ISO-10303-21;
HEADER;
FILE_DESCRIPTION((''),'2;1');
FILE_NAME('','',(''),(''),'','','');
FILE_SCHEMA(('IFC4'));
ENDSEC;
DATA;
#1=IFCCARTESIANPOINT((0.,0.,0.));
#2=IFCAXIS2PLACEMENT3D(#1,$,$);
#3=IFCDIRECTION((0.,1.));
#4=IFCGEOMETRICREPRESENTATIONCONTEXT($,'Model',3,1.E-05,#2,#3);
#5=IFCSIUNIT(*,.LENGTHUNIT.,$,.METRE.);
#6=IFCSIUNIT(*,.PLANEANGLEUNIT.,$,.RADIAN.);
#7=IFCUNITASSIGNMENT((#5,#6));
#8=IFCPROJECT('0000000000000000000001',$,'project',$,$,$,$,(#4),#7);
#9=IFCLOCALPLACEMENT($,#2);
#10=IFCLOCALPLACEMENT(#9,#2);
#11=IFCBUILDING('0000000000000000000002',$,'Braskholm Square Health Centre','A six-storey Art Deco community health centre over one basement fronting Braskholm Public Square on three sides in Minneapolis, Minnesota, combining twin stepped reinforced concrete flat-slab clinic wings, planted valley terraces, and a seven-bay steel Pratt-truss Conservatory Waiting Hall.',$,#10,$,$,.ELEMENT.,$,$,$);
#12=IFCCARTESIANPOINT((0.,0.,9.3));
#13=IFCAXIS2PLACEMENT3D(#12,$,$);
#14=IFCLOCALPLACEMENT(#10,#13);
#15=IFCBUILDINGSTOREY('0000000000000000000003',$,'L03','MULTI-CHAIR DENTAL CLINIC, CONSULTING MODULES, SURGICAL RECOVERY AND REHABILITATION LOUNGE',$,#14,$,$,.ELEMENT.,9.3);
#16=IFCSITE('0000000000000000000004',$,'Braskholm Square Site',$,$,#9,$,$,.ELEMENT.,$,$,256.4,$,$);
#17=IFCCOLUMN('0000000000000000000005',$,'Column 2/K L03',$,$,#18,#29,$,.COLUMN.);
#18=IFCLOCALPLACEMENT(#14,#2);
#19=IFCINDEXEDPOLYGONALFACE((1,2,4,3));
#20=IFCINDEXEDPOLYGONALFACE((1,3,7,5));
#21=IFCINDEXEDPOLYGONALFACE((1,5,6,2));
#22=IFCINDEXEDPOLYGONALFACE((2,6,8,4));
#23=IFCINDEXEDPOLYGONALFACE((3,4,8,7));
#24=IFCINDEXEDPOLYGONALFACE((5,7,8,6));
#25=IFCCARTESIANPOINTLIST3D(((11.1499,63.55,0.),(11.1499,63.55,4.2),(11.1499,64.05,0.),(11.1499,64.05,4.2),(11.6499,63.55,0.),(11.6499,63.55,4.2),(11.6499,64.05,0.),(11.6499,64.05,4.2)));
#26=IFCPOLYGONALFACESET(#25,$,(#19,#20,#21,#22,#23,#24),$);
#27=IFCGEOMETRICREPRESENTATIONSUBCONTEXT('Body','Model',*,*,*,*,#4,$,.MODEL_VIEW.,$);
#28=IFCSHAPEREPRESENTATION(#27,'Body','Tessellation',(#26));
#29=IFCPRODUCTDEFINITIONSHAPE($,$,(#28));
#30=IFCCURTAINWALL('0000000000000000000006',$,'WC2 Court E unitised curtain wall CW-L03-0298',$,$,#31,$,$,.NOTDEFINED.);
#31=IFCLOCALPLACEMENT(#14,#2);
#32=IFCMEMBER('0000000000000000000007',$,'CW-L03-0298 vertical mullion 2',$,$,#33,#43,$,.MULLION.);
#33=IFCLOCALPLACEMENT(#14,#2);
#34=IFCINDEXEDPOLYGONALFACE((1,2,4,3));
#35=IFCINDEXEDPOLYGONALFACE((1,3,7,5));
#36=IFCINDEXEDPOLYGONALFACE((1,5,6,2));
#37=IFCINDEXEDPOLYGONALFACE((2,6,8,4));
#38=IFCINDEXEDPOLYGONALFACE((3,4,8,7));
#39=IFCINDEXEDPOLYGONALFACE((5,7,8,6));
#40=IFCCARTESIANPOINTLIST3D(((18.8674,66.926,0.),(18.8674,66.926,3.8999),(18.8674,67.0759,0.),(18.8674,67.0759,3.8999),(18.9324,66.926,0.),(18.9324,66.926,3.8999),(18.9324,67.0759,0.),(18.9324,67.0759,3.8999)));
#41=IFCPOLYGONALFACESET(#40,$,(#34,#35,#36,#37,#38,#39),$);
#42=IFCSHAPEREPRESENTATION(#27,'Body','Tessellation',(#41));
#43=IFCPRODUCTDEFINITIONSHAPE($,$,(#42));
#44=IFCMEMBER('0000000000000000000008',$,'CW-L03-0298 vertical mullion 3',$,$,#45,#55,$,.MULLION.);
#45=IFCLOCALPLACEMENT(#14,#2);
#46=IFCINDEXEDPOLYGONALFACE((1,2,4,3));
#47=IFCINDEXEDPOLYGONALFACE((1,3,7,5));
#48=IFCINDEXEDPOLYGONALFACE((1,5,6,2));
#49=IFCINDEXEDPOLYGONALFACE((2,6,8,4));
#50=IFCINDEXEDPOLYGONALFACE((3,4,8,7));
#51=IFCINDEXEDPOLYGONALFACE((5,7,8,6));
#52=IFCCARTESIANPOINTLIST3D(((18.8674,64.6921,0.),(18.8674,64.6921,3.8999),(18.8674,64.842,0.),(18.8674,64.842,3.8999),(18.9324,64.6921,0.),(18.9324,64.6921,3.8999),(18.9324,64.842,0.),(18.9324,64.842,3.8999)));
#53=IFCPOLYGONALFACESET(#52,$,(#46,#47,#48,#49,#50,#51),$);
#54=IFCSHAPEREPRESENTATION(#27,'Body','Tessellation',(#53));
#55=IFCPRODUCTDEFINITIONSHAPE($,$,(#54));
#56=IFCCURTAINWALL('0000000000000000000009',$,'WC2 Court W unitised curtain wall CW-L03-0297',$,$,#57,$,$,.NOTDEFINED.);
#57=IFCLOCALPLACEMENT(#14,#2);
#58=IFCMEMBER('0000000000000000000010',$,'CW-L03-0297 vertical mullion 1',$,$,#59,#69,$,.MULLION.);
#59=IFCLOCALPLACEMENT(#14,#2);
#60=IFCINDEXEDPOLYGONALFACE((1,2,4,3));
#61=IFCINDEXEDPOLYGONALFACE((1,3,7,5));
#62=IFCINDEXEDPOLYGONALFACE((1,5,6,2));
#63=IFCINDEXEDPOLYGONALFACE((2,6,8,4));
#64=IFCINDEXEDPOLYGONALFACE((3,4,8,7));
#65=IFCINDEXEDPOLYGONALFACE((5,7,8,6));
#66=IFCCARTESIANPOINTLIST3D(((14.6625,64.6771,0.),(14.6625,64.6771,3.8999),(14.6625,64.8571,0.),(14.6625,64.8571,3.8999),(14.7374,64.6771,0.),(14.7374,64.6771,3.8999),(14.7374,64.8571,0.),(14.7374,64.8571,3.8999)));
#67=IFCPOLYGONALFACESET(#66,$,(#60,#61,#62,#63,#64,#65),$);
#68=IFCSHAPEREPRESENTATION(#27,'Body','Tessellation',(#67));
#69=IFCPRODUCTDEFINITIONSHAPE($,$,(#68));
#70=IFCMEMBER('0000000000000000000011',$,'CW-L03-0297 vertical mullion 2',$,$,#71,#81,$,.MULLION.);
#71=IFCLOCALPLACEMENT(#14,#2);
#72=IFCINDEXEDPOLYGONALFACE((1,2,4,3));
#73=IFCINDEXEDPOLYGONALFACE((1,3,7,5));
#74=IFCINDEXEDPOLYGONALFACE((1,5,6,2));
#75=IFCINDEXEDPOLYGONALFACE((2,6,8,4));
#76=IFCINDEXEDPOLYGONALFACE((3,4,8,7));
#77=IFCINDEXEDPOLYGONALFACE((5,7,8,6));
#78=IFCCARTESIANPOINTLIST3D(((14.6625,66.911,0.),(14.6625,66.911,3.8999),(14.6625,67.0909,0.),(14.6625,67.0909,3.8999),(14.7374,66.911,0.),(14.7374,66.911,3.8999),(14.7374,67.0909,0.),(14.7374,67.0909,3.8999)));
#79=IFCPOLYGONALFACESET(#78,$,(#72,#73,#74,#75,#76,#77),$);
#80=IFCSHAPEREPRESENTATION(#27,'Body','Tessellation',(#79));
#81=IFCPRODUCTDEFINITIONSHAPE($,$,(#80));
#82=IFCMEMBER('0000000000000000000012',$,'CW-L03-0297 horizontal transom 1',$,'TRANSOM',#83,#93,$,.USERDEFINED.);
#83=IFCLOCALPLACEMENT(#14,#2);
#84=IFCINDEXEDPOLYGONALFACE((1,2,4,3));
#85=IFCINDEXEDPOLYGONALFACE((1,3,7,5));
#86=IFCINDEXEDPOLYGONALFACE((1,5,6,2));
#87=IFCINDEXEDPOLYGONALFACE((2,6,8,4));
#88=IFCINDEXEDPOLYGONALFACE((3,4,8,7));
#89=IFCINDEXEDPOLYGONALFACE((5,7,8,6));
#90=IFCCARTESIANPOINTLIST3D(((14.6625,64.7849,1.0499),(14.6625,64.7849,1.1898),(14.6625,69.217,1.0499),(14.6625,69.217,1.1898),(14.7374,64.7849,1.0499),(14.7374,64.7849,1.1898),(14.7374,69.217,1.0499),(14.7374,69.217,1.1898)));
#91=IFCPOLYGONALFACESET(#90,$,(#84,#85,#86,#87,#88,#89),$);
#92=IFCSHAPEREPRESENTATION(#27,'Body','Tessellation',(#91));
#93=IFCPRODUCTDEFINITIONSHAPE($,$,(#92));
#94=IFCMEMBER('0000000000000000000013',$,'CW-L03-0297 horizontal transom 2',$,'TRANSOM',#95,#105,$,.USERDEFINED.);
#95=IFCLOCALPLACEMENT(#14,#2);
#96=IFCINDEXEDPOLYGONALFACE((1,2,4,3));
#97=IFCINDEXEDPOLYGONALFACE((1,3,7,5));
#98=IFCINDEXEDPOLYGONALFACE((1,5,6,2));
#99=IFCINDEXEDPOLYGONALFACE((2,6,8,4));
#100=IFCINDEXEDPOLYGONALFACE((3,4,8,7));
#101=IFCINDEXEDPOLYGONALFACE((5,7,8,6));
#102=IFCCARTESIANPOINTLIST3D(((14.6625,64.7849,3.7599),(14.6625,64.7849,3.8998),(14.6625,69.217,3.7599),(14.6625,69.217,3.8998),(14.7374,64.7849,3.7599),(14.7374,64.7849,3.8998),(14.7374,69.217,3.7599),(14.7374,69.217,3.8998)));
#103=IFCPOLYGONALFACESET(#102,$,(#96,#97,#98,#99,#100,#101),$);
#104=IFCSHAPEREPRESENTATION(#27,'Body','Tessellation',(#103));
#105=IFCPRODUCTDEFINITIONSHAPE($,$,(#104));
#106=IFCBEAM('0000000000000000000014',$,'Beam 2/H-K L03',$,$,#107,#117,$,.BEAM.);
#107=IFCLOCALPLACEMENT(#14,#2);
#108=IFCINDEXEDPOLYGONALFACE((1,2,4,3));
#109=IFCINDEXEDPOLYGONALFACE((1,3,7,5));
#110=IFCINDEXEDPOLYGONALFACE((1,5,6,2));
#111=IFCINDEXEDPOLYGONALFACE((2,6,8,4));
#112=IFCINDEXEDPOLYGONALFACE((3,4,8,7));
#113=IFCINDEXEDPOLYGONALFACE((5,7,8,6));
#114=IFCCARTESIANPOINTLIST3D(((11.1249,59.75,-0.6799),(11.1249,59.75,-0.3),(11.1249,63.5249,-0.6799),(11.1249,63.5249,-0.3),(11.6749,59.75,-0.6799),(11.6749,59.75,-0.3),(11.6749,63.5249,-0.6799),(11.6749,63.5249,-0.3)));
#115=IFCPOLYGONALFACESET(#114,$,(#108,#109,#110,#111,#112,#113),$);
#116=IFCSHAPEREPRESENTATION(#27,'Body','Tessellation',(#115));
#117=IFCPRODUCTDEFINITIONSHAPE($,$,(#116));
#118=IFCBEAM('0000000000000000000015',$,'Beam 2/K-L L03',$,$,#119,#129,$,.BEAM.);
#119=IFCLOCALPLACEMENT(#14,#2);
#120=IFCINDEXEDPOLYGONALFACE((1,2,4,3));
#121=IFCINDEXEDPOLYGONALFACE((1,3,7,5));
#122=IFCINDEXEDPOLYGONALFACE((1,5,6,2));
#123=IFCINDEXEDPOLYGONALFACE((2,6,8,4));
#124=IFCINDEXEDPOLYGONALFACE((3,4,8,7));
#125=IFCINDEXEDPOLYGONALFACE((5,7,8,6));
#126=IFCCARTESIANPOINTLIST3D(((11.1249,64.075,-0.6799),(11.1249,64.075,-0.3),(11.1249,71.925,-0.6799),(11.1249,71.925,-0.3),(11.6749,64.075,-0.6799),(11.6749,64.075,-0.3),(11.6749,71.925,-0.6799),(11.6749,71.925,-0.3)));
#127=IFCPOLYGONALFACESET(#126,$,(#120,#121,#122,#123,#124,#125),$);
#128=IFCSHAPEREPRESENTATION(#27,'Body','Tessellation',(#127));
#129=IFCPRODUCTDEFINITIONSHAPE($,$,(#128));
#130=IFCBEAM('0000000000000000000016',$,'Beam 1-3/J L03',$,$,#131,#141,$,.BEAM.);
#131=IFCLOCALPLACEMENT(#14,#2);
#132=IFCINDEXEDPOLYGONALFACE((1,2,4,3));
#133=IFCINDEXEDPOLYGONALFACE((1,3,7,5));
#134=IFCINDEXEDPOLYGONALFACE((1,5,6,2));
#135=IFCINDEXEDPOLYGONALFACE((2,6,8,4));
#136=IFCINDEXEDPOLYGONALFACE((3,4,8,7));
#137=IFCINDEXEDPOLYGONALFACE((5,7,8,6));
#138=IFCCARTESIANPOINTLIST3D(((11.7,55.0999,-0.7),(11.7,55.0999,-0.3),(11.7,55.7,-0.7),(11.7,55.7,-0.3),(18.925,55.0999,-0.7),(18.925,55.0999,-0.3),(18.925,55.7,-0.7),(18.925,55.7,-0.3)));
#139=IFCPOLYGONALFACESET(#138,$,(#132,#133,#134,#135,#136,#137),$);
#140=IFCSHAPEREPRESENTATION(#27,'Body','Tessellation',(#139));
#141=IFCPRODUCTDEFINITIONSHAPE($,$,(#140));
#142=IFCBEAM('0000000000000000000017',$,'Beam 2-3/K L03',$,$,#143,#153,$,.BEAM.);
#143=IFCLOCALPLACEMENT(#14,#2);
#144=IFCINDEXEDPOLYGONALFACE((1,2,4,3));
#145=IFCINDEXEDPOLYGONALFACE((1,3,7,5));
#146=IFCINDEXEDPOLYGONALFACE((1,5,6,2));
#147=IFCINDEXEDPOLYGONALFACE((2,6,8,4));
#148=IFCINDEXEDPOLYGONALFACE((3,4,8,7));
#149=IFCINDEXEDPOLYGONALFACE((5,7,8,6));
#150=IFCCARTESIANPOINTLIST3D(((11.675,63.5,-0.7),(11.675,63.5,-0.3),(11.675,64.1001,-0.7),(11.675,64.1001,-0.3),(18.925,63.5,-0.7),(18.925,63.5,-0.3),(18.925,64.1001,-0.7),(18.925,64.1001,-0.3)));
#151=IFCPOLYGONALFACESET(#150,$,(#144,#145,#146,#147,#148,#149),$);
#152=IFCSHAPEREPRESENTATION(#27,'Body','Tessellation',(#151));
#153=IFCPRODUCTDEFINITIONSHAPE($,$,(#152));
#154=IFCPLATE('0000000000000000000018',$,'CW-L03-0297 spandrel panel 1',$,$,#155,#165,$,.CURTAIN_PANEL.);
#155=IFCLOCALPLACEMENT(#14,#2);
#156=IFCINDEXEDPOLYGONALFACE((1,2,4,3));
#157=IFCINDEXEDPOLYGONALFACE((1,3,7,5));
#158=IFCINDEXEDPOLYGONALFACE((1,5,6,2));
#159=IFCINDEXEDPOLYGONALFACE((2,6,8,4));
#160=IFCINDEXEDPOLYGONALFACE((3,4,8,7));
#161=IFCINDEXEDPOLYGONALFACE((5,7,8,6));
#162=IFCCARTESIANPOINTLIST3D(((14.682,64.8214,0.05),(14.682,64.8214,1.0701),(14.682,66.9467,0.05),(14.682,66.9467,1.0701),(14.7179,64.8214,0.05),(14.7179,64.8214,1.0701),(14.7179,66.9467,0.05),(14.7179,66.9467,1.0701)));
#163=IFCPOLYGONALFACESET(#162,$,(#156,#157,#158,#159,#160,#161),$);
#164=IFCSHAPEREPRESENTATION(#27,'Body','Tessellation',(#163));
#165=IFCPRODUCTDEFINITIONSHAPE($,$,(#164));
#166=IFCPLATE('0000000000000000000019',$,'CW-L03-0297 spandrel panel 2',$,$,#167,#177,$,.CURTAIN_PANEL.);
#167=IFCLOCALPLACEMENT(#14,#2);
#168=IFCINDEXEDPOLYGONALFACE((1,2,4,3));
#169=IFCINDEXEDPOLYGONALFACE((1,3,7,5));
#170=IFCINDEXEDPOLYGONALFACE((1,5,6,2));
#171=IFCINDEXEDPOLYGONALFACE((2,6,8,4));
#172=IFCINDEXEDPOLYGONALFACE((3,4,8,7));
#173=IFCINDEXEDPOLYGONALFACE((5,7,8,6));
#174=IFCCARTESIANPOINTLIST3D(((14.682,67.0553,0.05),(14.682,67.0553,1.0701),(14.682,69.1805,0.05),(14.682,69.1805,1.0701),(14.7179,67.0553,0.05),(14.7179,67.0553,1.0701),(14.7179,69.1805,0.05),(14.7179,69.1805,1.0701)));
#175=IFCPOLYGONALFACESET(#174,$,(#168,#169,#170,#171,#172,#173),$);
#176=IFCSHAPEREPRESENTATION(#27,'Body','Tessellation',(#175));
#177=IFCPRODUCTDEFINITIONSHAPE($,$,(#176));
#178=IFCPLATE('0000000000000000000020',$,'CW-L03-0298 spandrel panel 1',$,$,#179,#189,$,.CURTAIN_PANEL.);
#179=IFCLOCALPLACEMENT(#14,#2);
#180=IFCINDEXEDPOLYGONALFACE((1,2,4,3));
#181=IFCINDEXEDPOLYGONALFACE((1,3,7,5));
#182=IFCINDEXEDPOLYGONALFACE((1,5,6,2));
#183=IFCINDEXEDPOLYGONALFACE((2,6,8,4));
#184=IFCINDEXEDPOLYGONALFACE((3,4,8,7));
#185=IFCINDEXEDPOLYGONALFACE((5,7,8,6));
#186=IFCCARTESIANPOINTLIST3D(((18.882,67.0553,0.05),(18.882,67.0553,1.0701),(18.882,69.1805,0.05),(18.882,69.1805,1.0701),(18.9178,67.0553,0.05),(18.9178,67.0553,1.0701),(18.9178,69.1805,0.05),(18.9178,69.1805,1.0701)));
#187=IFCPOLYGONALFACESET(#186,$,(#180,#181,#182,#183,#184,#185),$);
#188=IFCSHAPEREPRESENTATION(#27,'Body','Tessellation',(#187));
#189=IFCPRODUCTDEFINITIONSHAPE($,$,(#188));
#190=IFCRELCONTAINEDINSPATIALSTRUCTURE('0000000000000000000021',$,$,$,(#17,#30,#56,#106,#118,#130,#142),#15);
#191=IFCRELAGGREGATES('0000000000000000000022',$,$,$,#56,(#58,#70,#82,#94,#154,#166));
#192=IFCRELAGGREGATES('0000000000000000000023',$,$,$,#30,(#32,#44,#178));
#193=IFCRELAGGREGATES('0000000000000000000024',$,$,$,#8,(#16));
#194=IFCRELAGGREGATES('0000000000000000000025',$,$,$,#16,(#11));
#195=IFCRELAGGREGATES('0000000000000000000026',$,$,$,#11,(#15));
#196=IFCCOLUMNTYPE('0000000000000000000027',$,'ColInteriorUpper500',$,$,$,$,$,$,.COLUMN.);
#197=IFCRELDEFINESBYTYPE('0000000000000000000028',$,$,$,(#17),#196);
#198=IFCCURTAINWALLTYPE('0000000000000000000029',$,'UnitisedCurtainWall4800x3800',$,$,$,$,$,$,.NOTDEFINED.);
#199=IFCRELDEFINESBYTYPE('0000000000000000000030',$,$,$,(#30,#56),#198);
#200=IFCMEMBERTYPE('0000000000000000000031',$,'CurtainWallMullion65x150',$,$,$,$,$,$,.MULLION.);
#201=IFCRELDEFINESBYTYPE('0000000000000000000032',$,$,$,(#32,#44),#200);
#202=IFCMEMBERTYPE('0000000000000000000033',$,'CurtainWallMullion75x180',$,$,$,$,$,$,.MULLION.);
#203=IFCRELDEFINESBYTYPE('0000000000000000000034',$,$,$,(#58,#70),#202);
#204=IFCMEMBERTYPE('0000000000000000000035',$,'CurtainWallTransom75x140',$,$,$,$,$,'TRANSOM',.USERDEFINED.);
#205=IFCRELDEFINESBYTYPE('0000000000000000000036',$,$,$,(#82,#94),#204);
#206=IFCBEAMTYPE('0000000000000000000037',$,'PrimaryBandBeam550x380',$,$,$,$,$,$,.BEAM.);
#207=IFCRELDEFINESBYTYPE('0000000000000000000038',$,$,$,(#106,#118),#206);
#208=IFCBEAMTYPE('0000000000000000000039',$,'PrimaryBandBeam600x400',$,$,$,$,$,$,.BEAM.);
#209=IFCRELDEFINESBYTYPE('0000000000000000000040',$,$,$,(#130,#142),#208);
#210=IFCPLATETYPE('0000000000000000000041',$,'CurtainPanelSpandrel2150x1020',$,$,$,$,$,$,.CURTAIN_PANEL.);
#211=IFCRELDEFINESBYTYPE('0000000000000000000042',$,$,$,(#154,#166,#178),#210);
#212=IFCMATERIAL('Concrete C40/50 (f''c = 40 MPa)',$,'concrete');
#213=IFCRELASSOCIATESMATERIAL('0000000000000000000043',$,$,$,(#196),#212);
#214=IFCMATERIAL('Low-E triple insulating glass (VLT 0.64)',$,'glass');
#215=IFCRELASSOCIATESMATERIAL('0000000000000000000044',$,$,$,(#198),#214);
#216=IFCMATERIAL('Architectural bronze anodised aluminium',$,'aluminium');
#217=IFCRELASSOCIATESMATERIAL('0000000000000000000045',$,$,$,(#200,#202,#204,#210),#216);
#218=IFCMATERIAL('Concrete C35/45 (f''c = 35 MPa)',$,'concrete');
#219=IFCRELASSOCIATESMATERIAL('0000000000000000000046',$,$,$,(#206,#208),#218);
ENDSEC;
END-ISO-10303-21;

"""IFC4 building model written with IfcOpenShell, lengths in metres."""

from ifc_helpers import new_model, si_unit, direction, frame, origin, origin_2d, place, context, subcontext, project, spatial, rectangle, extrude, material, material_profile, profile_set, type_object, element, aggregate, save


model = new_model("IFC4")

# Units and contexts
model_context = context("Model", 3, precision=1e-05, world=origin(), true_north=direction((0.0, 1.0)))
body_context = subcontext(model_context, "Body", "Model", "MODEL_VIEW")
ifc_project = project(units=[si_unit("LENGTHUNIT", "METRE"), si_unit("PLANEANGLEUNIT", "RADIAN")], contexts=[model_context])

# Site, building, storey
site_placement = place(None, origin())
site = spatial("IfcSite", under=ifc_project, at=site_placement, Name="Braskholm Square Site", CompositionType="ELEMENT", RefElevation=256.4)
building_placement = place(site_placement, origin())
building = spatial("IfcBuilding", under=site, at=building_placement, Name="Braskholm Square Health Centre", Description="A six-storey Art Deco community health centre over one basement fronting Braskholm Public Square on three sides in Minneapolis, Minnesota, combining twin stepped reinforced concrete flat-slab clinic wings, planted valley terraces, and a seven-bay steel Pratt-truss Conservatory Waiting Hall.", CompositionType="ELEMENT")
storey_placement = place(building_placement, frame((0.0, 0.0, 9.3)))
storey = spatial("IfcBuildingStorey", under=building, at=storey_placement, Name="L03", Description="MULTI-CHAIR DENTAL CLINIC, CONSULTING MODULES, SURGICAL RECOVERY AND REHABILITATION LOUNGE", CompositionType="ELEMENT", Elevation=9.3)

# Column
ifc_material_1 = material(Name="Concrete C40/50 (f'c = 40 MPa)", Category="concrete")
ifc_material_profile_1 = material_profile(ifc_material_1, rectangle(XDim=0.5, YDim=0.5, at=origin_2d()), Name="RC-500X500")
ifc_profile_set_1 = profile_set([ifc_material_profile_1], Name="Concrete C40/50 (f'c = 40 MPa)")
column_type = type_object("IfcColumnType", Name="ColInteriorUpper500", PredefinedType="COLUMN", material=ifc_profile_set_1)
column_placement = place(storey_placement, frame((11.3999, 63.8, 0.0), z_axis=(0.0, 0.0, 1.0), x_axis=(1.0, 0.0, 0.0)))
element("IfcColumn", 1, at=column_placement, inside=storey, type_object=column_type, Name="Column 2/K L03", PredefinedType="COLUMN", context=body_context, shape_type="SweptSolid", body=[
    extrude(rectangle(XDim=0.5, YDim=0.5, at=origin_2d()), origin(), (0.0, 0.0, 1.0), 4.2),
])

# Curtain walls, members
ifc_material_2 = material(Name="Low-E triple insulating glass (VLT 0.64)", Category="glass")
curtain_wall_type = type_object("IfcCurtainWallType", Name="UnitisedCurtainWall4800x3800", PredefinedType="NOTDEFINED", material=ifc_material_2)
curtain_wall_1_placement = place(storey_placement, origin())
curtain_wall_1 = element("IfcCurtainWall", 2, at=curtain_wall_1_placement, inside=storey, type_object=curtain_wall_type, Name="WC2 Court E unitised curtain wall CW-L03-0298", PredefinedType="NOTDEFINED")
ifc_material_3 = material(Name="Architectural bronze anodised aluminium", Category="aluminium")
ifc_material_profile_2 = material_profile(ifc_material_3, rectangle(XDim=0.0649, YDim=0.1499, at=origin_2d()), Name="ALU-65X150")
ifc_profile_set_2 = profile_set([ifc_material_profile_2], Name="Architectural bronze anodised aluminium")
member_type_1 = type_object("IfcMemberType", Name="CurtainWallMullion65x150", PredefinedType="MULLION", material=ifc_profile_set_2)
member_1_placement = place(storey_placement, frame((18.8999, 67.001, 0.0), z_axis=(0.0, 0.0, 1.0), x_axis=(1.0, 0.0, 0.0)))
member_1 = element("IfcMember", 3, at=member_1_placement, type_object=member_type_1, Name="CW-L03-0298 vertical mullion 2", PredefinedType="MULLION", context=body_context, shape_type="SweptSolid", body=[
    extrude(rectangle(XDim=0.0649, YDim=0.1499, at=origin_2d()), origin(), (0.0, 0.0, 1.0), 3.8999),
])
member_2_placement = place(storey_placement, frame((18.8999, 64.7671, 0.0), z_axis=(0.0, 0.0, 1.0), x_axis=(1.0, 0.0, 0.0)))
member_2 = element("IfcMember", 4, at=member_2_placement, type_object=member_type_1, Name="CW-L03-0298 vertical mullion 3", PredefinedType="MULLION", context=body_context, shape_type="SweptSolid", body=[
    extrude(rectangle(XDim=0.0649, YDim=0.1499, at=origin_2d()), origin(), (0.0, 0.0, 1.0), 3.8999),
])
curtain_wall_2_placement = place(storey_placement, origin())
curtain_wall_2 = element("IfcCurtainWall", 5, at=curtain_wall_2_placement, inside=storey, type_object=curtain_wall_type, Name="WC2 Court W unitised curtain wall CW-L03-0297", PredefinedType="NOTDEFINED")
ifc_material_profile_3 = material_profile(ifc_material_3, rectangle(XDim=0.075, YDim=0.1799, at=origin_2d()), Name="ALU-75X180")
ifc_profile_set_3 = profile_set([ifc_material_profile_3], Name="Architectural bronze anodised aluminium")
member_type_2 = type_object("IfcMemberType", Name="CurtainWallMullion75x180", PredefinedType="MULLION", material=ifc_profile_set_3)
member_3_placement = place(storey_placement, frame((14.7, 64.7671, 0.0), z_axis=(0.0, 0.0, 1.0), x_axis=(1.0, 0.0, 0.0)))
member_3 = element("IfcMember", 6, at=member_3_placement, type_object=member_type_2, Name="CW-L03-0297 vertical mullion 1", PredefinedType="MULLION", context=body_context, shape_type="SweptSolid", body=[
    extrude(rectangle(XDim=0.075, YDim=0.1799, at=origin_2d()), origin(), (0.0, 0.0, 1.0), 3.8999),
])
member_4_placement = place(storey_placement, frame((14.7, 67.001, 0.0), z_axis=(0.0, 0.0, 1.0), x_axis=(1.0, 0.0, 0.0)))
member_4 = element("IfcMember", 7, at=member_4_placement, type_object=member_type_2, Name="CW-L03-0297 vertical mullion 2", PredefinedType="MULLION", context=body_context, shape_type="SweptSolid", body=[
    extrude(rectangle(XDim=0.075, YDim=0.1799, at=origin_2d()), origin(), (0.0, 0.0, 1.0), 3.8999),
])
ifc_material_profile_4 = material_profile(ifc_material_3, rectangle(XDim=0.075, YDim=0.1399, at=origin_2d()), Name="ALU-75X140")
ifc_profile_set_4 = profile_set([ifc_material_profile_4], Name="Architectural bronze anodised aluminium")
member_type_3 = type_object("IfcMemberType", Name="CurtainWallTransom75x140", ElementType="TRANSOM", PredefinedType="USERDEFINED", material=ifc_profile_set_4)
member_5_placement = place(storey_placement, frame((14.7, 64.7849, 1.1199), z_axis=(0.0, 1.0, 0.0), x_axis=(-1.0, 0.0, 0.0)))
member_5 = element("IfcMember", 8, at=member_5_placement, type_object=member_type_3, Name="CW-L03-0297 horizontal transom 1", ObjectType="TRANSOM", PredefinedType="USERDEFINED", context=body_context, shape_type="SweptSolid", body=[
    extrude(rectangle(XDim=0.075, YDim=0.1399, at=origin_2d()), origin(), (0.0, 0.0, 1.0), 4.4321),
])
member_6_placement = place(storey_placement, frame((14.7, 64.7849, 3.8298), z_axis=(0.0, 1.0, 0.0), x_axis=(-1.0, 0.0, 0.0)))
member_6 = element("IfcMember", 9, at=member_6_placement, type_object=member_type_3, Name="CW-L03-0297 horizontal transom 2", ObjectType="TRANSOM", PredefinedType="USERDEFINED", context=body_context, shape_type="SweptSolid", body=[
    extrude(rectangle(XDim=0.075, YDim=0.1399, at=origin_2d()), origin(), (0.0, 0.0, 1.0), 4.4321),
])

# Beams
ifc_material_4 = material(Name="Concrete C35/45 (f'c = 35 MPa)", Category="concrete")
ifc_material_profile_5 = material_profile(ifc_material_4, rectangle(XDim=0.55, YDim=0.3799, at=origin_2d()), Name="RCB-550X380")
ifc_profile_set_5 = profile_set([ifc_material_profile_5], Name="Concrete C35/45 (f'c = 35 MPa)")
beam_type_1 = type_object("IfcBeamType", Name="PrimaryBandBeam550x380", PredefinedType="BEAM", material=ifc_profile_set_5)
beam_1_placement = place(storey_placement, frame((11.3999, 59.75, -0.49), z_axis=(0.0, 1.0, 0.0), x_axis=(-1.0, 0.0, 0.0)))
element("IfcBeam", 10, at=beam_1_placement, inside=storey, type_object=beam_type_1, Name="Beam 2/H-K L03", PredefinedType="BEAM", context=body_context, shape_type="SweptSolid", body=[
    extrude(rectangle(XDim=0.55, YDim=0.3799, at=origin_2d()), origin(), (0.0, 0.0, 1.0), 3.7749),
])
beam_2_placement = place(storey_placement, frame((11.3999, 64.075, -0.49), z_axis=(0.0, 1.0, 0.0), x_axis=(-1.0, 0.0, 0.0)))
element("IfcBeam", 11, at=beam_2_placement, inside=storey, type_object=beam_type_1, Name="Beam 2/K-L L03", PredefinedType="BEAM", context=body_context, shape_type="SweptSolid", body=[
    extrude(rectangle(XDim=0.55, YDim=0.3799, at=origin_2d()), origin(), (0.0, 0.0, 1.0), 7.8501),
])
ifc_material_profile_6 = material_profile(ifc_material_4, rectangle(XDim=0.6001, YDim=0.3999, at=origin_2d()), Name="RCB-600X400")
ifc_profile_set_6 = profile_set([ifc_material_profile_6], Name="Concrete C35/45 (f'c = 35 MPa)")
beam_type_2 = type_object("IfcBeamType", Name="PrimaryBandBeam600x400", PredefinedType="BEAM", material=ifc_profile_set_6)
beam_3_placement = place(storey_placement, frame((11.7, 55.3999, -0.5), z_axis=(1.0, 0.0, 0.0), x_axis=(0.0, 1.0, 0.0)))
element("IfcBeam", 12, at=beam_3_placement, inside=storey, type_object=beam_type_2, Name="Beam 1-3/J L03", PredefinedType="BEAM", context=body_context, shape_type="SweptSolid", body=[
    extrude(rectangle(XDim=0.6001, YDim=0.3999, at=origin_2d()), origin(), (0.0, 0.0, 1.0), 7.2251),
])
beam_4_placement = place(storey_placement, frame((11.675, 63.8, -0.5), z_axis=(1.0, 0.0, 0.0), x_axis=(0.0, 1.0, 0.0)))
element("IfcBeam", 13, at=beam_4_placement, inside=storey, type_object=beam_type_2, Name="Beam 2-3/K L03", PredefinedType="BEAM", context=body_context, shape_type="SweptSolid", body=[
    extrude(rectangle(XDim=0.6001, YDim=0.3999, at=origin_2d()), origin(), (0.0, 0.0, 1.0), 7.25),
])

# Plates
plate_type_1 = type_object("IfcPlateType", Name="CurtainPanelSpandrel2150x1020", PredefinedType="CURTAIN_PANEL", material=ifc_material_3)
plate_1_placement = place(storey_placement, frame((14.7, 65.884, 0.05), z_axis=(0.0, 0.0, 1.0), x_axis=(0.0, 1.0, 0.0)))
plate_1 = element("IfcPlate", 14, at=plate_1_placement, type_object=plate_type_1, Name="CW-L03-0297 spandrel panel 1", PredefinedType="CURTAIN_PANEL", context=body_context, shape_type="SweptSolid", body=[
    extrude(rectangle(XDim=2.1252, YDim=0.0359, at=origin_2d()), origin(), (0.0, 0.0, 1.0), 1.02),
])
plate_2_placement = place(storey_placement, frame((14.7, 68.1179, 0.05), z_axis=(0.0, 0.0, 1.0), x_axis=(0.0, 1.0, 0.0)))
plate_2 = element("IfcPlate", 15, at=plate_2_placement, type_object=plate_type_1, Name="CW-L03-0297 spandrel panel 2", PredefinedType="CURTAIN_PANEL", context=body_context, shape_type="SweptSolid", body=[
    extrude(rectangle(XDim=2.1252, YDim=0.0359, at=origin_2d()), origin(), (0.0, 0.0, 1.0), 1.02),
])
plate_3_placement = place(storey_placement, frame((18.8999, 68.1179, 0.05), z_axis=(0.0, 0.0, 1.0), x_axis=(0.0, -1.0, 0.0)))
plate_3 = element("IfcPlate", 16, at=plate_3_placement, type_object=plate_type_1, Name="CW-L03-0298 spandrel panel 1", PredefinedType="CURTAIN_PANEL", context=body_context, shape_type="SweptSolid", body=[
    extrude(rectangle(XDim=2.1252, YDim=0.0359, at=origin_2d()), origin(), (0.0, 0.0, 1.0), 1.02),
])
aggregate(curtain_wall_2, [member_3, member_4, member_5, member_6, plate_1, plate_2])
aggregate(curtain_wall_1, [member_1, member_2, plate_3])

save(model, "model.ifc")
